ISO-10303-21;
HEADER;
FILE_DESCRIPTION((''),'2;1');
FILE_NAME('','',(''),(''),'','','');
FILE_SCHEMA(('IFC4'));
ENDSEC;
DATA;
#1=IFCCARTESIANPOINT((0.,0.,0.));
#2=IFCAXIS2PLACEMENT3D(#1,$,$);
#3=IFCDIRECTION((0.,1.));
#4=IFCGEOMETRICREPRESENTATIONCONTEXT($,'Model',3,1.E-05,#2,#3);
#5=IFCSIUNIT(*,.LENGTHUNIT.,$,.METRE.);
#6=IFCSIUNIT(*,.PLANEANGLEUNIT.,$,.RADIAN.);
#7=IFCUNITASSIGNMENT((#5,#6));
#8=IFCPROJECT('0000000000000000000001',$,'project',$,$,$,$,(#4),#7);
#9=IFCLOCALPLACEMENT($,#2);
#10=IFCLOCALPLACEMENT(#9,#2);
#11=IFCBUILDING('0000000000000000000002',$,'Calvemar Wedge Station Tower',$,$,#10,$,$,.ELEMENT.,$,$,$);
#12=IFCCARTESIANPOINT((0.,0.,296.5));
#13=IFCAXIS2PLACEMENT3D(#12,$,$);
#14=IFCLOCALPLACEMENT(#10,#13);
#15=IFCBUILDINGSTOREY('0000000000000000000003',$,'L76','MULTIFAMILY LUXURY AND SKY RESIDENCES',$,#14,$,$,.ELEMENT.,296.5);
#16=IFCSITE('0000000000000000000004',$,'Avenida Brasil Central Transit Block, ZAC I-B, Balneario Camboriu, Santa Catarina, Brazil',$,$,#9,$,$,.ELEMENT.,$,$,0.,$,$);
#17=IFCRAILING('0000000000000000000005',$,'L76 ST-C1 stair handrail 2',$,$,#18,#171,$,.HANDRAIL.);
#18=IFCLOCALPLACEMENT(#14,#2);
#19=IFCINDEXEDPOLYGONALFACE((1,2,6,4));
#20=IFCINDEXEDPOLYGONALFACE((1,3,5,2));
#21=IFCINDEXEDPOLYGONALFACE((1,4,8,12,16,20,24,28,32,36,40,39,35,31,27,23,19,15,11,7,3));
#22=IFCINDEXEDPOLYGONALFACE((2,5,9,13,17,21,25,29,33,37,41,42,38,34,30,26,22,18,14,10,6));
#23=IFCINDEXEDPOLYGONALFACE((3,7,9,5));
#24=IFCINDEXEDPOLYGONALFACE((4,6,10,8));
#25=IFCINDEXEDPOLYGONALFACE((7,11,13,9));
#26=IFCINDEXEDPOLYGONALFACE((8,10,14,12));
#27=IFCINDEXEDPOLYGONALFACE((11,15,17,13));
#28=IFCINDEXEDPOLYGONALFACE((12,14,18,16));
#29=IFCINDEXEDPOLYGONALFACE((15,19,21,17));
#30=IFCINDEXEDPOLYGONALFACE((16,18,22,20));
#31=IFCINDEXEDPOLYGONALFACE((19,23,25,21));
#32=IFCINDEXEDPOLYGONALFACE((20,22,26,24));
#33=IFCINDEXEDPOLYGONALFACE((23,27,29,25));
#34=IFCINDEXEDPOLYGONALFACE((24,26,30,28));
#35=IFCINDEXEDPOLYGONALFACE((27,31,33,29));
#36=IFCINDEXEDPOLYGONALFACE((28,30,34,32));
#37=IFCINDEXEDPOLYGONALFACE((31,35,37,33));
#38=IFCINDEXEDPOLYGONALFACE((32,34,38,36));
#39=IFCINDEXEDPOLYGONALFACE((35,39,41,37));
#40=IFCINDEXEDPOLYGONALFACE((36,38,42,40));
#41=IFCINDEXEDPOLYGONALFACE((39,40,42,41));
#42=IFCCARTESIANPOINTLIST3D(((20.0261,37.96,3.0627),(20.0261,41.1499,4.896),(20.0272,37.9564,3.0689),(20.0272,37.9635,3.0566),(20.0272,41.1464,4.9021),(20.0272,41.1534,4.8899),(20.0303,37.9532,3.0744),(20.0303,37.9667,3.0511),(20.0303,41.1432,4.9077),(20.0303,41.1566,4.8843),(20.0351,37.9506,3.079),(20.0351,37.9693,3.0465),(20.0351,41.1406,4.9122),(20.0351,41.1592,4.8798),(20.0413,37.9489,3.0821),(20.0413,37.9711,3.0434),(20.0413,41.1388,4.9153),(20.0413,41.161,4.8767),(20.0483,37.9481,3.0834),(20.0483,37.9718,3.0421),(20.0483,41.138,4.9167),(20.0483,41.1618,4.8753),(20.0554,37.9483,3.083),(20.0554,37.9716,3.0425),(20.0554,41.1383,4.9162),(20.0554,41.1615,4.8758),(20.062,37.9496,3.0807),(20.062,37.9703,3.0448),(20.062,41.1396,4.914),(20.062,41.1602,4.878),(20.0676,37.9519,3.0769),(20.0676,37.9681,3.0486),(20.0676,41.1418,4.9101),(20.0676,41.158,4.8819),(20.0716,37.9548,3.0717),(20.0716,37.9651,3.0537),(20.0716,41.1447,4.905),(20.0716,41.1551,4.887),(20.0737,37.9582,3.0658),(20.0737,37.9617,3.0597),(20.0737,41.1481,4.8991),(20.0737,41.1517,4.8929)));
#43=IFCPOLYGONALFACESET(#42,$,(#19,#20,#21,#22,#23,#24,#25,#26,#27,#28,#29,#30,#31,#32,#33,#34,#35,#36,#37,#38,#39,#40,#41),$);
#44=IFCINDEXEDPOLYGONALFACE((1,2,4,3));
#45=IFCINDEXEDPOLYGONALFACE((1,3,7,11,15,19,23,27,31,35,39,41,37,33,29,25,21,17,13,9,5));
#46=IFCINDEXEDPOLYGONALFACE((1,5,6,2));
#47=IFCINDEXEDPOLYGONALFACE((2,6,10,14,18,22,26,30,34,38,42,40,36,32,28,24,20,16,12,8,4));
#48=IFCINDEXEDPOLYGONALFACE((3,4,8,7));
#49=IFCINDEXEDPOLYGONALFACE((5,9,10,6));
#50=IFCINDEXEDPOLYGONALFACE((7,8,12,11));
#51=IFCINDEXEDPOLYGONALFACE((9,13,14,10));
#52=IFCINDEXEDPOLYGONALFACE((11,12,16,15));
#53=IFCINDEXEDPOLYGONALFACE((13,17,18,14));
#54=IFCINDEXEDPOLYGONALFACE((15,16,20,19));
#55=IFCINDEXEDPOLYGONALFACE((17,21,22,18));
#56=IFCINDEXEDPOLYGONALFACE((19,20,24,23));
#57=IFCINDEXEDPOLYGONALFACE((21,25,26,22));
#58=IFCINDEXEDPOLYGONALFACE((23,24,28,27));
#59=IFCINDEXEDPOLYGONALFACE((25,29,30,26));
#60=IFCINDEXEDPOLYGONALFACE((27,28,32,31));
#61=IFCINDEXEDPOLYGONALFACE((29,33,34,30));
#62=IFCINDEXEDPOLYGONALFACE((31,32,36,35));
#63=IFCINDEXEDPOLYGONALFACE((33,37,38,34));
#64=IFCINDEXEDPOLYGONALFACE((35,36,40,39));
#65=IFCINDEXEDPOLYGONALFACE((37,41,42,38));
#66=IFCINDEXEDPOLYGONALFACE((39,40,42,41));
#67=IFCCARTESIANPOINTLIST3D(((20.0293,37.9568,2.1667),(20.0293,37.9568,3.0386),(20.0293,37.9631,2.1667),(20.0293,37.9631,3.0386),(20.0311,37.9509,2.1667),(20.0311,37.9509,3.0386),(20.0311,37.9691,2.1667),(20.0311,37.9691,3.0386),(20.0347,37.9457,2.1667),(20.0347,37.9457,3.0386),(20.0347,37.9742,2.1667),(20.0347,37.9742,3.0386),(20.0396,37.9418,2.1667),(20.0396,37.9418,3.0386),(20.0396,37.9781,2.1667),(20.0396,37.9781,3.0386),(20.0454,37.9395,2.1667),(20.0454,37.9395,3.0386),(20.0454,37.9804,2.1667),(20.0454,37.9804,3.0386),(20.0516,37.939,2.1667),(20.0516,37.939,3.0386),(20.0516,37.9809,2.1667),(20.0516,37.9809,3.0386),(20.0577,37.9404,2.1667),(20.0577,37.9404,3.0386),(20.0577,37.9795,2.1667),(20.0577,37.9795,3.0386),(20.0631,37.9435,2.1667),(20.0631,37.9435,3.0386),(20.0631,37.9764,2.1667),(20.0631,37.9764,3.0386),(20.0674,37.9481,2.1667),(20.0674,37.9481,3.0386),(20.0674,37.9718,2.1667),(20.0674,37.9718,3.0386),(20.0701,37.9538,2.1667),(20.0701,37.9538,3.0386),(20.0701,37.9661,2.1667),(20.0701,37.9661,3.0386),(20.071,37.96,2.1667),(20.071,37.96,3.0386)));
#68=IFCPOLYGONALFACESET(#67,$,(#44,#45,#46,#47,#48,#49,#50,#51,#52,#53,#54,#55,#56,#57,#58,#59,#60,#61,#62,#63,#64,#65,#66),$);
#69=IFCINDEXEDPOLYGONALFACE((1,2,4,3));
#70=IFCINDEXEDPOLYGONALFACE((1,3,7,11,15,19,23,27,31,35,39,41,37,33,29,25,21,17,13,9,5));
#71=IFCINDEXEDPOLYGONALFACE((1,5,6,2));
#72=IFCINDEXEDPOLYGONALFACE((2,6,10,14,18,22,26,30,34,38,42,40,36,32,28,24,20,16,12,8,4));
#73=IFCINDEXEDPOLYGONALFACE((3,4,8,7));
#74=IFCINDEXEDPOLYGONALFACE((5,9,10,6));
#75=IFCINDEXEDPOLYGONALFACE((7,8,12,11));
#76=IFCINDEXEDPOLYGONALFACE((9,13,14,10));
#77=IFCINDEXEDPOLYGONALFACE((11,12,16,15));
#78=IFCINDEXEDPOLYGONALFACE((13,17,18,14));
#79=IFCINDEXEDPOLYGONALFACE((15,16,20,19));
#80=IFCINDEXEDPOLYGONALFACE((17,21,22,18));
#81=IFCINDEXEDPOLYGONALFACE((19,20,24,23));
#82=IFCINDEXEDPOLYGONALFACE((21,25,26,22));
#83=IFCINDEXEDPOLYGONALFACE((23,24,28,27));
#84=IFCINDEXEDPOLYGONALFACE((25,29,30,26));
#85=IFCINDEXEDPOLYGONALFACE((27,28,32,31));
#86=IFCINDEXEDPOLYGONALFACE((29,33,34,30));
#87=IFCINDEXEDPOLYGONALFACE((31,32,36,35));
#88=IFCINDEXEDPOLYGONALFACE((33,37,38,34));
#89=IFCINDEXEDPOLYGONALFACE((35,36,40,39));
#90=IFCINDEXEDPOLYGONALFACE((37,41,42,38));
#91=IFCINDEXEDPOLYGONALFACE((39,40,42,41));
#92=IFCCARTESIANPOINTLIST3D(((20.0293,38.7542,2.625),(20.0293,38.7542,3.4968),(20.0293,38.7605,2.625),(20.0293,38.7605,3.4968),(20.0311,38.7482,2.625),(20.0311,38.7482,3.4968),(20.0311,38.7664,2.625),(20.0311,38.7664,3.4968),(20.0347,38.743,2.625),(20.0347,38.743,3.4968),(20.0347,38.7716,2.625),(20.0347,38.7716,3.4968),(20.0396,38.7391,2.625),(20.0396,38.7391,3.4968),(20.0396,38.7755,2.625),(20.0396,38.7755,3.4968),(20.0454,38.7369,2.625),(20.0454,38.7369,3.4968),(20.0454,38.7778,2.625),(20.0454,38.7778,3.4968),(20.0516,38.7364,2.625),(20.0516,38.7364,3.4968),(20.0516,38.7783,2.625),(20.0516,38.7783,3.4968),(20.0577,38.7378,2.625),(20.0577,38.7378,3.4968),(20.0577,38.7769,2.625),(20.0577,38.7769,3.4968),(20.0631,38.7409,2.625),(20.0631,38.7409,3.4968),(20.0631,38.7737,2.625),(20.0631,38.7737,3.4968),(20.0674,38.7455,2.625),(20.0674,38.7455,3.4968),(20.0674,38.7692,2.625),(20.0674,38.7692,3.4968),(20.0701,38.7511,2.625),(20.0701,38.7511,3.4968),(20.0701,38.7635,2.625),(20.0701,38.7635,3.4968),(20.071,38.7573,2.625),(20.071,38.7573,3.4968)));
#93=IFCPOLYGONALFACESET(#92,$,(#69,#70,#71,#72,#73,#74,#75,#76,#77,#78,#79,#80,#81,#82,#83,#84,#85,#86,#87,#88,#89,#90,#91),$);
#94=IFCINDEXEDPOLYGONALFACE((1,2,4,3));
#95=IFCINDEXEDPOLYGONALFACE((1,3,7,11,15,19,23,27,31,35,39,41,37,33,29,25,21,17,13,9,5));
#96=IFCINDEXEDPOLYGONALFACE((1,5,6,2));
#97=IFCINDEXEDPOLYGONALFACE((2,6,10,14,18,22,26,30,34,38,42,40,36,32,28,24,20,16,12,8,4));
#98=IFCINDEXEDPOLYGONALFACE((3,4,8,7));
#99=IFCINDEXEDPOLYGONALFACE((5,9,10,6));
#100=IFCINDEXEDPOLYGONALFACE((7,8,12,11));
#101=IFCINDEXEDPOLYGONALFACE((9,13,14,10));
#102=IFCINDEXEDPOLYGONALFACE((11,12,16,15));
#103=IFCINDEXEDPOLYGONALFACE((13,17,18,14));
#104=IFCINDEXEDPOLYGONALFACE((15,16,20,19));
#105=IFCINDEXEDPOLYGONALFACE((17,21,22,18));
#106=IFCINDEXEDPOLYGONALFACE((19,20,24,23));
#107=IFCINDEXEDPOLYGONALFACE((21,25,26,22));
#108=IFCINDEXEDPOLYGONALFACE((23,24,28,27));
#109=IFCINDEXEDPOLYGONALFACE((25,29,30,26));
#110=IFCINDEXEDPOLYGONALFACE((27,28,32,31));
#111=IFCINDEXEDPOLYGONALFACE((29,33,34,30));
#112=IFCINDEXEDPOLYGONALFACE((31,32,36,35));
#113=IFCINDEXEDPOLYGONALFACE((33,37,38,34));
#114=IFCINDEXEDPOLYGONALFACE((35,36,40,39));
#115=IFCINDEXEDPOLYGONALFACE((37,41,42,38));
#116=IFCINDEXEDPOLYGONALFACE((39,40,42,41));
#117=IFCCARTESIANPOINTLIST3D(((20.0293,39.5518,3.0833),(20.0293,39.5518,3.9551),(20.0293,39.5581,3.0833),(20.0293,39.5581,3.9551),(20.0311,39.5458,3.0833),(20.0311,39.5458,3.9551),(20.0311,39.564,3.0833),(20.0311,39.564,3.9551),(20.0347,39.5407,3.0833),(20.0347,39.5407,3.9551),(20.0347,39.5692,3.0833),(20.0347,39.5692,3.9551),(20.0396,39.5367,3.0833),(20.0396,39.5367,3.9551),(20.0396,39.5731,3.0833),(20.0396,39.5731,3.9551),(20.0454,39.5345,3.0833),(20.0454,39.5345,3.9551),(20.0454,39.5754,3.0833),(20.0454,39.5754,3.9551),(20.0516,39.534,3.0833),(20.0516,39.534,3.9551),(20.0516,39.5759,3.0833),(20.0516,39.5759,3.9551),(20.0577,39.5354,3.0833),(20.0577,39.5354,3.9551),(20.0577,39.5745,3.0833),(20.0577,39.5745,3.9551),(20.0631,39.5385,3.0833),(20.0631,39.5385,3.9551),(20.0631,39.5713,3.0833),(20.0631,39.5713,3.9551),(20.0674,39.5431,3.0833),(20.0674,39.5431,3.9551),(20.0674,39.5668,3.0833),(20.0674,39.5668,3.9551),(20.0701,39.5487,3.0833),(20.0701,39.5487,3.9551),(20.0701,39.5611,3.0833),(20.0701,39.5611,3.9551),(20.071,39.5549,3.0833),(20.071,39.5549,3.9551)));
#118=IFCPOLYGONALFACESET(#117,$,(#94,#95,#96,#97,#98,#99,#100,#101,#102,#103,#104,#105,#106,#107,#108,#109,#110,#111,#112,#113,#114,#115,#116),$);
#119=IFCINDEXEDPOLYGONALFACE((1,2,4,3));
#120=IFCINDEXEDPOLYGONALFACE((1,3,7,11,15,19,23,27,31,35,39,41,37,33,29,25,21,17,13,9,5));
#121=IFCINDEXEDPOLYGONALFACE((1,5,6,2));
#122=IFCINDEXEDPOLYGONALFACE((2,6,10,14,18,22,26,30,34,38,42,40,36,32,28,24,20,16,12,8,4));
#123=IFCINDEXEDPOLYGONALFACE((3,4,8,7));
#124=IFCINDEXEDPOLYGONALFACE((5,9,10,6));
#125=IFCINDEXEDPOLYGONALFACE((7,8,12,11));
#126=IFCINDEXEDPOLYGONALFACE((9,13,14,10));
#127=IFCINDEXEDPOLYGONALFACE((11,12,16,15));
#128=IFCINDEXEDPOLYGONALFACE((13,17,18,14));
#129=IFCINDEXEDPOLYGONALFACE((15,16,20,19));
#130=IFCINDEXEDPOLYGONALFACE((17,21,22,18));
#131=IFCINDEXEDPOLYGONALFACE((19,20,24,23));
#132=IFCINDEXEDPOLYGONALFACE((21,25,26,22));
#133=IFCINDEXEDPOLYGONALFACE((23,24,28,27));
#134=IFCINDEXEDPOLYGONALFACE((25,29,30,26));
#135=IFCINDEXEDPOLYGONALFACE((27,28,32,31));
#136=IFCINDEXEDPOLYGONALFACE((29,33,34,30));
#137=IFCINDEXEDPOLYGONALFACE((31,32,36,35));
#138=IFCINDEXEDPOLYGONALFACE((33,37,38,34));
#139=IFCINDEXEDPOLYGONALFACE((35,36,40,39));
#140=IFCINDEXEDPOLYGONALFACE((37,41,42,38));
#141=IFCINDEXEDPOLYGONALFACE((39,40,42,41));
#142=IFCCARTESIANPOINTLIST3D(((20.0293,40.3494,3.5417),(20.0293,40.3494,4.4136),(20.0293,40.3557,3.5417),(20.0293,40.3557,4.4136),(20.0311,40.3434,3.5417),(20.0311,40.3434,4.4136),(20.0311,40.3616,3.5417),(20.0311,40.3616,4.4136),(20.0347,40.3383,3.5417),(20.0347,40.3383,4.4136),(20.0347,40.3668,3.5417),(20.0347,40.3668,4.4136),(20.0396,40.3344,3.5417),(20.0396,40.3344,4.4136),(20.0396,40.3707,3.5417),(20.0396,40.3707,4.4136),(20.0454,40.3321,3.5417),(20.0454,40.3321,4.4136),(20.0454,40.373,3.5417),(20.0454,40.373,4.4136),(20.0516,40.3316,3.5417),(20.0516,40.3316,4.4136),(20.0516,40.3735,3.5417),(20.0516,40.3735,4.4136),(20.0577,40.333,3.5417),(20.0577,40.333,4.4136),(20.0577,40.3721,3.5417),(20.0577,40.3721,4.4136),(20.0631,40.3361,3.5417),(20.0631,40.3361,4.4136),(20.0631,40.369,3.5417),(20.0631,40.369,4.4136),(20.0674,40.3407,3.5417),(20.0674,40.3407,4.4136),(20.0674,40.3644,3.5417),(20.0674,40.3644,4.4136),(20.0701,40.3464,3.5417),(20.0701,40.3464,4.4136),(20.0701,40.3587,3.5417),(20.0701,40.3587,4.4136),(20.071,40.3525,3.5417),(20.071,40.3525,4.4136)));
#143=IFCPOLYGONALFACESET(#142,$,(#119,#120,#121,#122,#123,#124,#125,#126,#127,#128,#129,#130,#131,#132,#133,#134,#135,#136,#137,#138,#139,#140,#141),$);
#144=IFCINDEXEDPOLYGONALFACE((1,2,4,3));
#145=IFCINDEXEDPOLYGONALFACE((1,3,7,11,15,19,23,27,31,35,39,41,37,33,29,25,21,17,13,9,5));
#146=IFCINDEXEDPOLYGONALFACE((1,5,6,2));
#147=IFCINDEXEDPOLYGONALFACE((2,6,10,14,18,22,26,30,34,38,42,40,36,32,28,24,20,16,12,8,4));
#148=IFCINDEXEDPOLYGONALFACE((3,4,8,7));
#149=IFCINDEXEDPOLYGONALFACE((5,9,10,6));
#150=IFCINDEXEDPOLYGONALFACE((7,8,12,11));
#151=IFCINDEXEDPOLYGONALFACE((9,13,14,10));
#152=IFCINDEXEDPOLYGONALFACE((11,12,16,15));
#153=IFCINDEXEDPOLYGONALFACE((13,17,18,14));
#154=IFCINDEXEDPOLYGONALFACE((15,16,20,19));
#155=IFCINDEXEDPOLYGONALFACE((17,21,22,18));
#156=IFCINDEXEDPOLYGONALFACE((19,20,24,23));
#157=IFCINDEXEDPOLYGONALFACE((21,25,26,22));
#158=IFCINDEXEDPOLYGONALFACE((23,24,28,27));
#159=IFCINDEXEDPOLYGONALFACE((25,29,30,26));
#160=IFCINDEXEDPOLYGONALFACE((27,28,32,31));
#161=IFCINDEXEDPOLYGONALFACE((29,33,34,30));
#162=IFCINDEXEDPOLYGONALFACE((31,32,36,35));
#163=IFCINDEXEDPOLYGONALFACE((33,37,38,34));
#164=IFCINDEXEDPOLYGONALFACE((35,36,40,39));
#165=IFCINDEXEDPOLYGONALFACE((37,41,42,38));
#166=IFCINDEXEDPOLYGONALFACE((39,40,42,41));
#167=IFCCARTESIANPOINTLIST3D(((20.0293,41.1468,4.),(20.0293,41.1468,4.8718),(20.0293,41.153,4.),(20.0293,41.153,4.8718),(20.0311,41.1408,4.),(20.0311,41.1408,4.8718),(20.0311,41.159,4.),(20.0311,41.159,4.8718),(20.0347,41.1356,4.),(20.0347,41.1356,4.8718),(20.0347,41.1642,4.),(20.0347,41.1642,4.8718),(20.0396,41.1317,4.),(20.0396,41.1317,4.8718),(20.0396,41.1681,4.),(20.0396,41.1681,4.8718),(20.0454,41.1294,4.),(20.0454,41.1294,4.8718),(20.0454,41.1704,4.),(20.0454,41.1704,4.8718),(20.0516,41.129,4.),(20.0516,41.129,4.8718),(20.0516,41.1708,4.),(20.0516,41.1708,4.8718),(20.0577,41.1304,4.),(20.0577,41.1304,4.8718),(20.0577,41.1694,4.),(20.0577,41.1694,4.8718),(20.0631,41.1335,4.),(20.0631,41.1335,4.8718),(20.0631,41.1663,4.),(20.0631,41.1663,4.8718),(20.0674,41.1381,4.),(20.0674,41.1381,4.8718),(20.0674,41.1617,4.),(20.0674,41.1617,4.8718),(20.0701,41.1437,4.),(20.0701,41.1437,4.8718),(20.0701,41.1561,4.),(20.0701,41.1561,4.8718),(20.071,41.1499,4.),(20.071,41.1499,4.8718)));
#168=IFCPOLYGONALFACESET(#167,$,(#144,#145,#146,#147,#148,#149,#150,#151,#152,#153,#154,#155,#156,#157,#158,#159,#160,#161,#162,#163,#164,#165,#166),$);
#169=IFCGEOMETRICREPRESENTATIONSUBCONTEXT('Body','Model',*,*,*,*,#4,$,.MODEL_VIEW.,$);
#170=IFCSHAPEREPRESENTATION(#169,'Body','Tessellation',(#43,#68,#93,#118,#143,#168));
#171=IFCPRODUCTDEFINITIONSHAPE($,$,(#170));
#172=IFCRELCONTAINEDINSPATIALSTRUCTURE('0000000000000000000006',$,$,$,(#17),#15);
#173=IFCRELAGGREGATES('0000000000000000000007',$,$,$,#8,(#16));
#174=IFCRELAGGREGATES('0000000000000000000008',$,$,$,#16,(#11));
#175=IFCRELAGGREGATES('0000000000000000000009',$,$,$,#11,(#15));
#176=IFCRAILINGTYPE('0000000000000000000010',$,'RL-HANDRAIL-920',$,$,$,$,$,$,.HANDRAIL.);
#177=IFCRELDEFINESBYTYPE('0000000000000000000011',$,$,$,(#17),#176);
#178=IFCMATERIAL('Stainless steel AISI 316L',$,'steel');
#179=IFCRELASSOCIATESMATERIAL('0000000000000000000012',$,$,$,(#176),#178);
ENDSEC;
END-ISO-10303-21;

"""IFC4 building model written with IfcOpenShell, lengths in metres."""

from ifc_helpers import new_model, si_unit, direction, frame, origin, origin_2d, place, context, subcontext, project, spatial, circle, extrude, material, type_object, element, save


model = new_model("IFC4")

# Units and contexts
model_context = context("Model", 3, precision=1e-05, world=origin(), true_north=direction((0.0, 1.0)))
body_context = subcontext(model_context, "Body", "Model", "MODEL_VIEW")
ifc_project = project(units=[si_unit("LENGTHUNIT", "METRE"), si_unit("PLANEANGLEUNIT", "RADIAN")], contexts=[model_context])

# Site, building, storey
site_placement = place(None, origin())
site = spatial("IfcSite", under=ifc_project, at=site_placement, Name="Avenida Brasil Central Transit Block, ZAC I-B, Balneario Camboriu, Santa Catarina, Brazil", CompositionType="ELEMENT", RefElevation=0.0)
building_placement = place(site_placement, origin())
building = spatial("IfcBuilding", under=site, at=building_placement, Name="Calvemar Wedge Station Tower", CompositionType="ELEMENT")
storey_placement = place(building_placement, frame((0.0, 0.0, 296.5)))
storey = spatial("IfcBuildingStorey", under=building, at=storey_placement, Name="L76", Description="MULTIFAMILY LUXURY AND SKY RESIDENCES", CompositionType="ELEMENT", Elevation=296.5)

# Railing
ifc_material_1 = material(Name="Stainless steel AISI 316L", Category="steel")
railing_type_1 = type_object("IfcRailingType", Name="RL-HANDRAIL-920", PredefinedType="HANDRAIL", material=ifc_material_1)
railing_1_placement = place(storey_placement, frame((20.05, 37.96, 2.1667)))
element("IfcRailing", 1, at=railing_1_placement, inside=storey, type_object=railing_type_1, Name="L76 ST-C1 stair handrail 2", PredefinedType="HANDRAIL", context=body_context, shape_type="SweptSolid", body=[
    extrude(circle(Radius=0.0239, at=origin_2d()), frame((0.0, 0.0, 0.896), z_axis=(0.0, 0.86702, 0.498274), x_axis=(-1.0, 0.0, 0.0)), (0.0, 0.0, 1.0), 3.6792),
    extrude(circle(Radius=0.021, at=origin_2d()), origin(), (0.0, 0.0, 1.0), 0.8718),
    extrude(circle(Radius=0.021, at=origin_2d()), frame((0.0, 0.7974, 0.4583)), (0.0, 0.0, 1.0), 0.8718),
    extrude(circle(Radius=0.021, at=origin_2d()), frame((0.0, 1.595, 0.9165)), (0.0, 0.0, 1.0), 0.8718),
    extrude(circle(Radius=0.021, at=origin_2d()), frame((0.0, 2.3926, 1.375)), (0.0, 0.0, 1.0), 0.8718),
    extrude(circle(Radius=0.021, at=origin_2d()), frame((0.0, 3.1899, 1.8333)), (0.0, 0.0, 1.0), 0.8718),
])

save(model, "model.ifc")
